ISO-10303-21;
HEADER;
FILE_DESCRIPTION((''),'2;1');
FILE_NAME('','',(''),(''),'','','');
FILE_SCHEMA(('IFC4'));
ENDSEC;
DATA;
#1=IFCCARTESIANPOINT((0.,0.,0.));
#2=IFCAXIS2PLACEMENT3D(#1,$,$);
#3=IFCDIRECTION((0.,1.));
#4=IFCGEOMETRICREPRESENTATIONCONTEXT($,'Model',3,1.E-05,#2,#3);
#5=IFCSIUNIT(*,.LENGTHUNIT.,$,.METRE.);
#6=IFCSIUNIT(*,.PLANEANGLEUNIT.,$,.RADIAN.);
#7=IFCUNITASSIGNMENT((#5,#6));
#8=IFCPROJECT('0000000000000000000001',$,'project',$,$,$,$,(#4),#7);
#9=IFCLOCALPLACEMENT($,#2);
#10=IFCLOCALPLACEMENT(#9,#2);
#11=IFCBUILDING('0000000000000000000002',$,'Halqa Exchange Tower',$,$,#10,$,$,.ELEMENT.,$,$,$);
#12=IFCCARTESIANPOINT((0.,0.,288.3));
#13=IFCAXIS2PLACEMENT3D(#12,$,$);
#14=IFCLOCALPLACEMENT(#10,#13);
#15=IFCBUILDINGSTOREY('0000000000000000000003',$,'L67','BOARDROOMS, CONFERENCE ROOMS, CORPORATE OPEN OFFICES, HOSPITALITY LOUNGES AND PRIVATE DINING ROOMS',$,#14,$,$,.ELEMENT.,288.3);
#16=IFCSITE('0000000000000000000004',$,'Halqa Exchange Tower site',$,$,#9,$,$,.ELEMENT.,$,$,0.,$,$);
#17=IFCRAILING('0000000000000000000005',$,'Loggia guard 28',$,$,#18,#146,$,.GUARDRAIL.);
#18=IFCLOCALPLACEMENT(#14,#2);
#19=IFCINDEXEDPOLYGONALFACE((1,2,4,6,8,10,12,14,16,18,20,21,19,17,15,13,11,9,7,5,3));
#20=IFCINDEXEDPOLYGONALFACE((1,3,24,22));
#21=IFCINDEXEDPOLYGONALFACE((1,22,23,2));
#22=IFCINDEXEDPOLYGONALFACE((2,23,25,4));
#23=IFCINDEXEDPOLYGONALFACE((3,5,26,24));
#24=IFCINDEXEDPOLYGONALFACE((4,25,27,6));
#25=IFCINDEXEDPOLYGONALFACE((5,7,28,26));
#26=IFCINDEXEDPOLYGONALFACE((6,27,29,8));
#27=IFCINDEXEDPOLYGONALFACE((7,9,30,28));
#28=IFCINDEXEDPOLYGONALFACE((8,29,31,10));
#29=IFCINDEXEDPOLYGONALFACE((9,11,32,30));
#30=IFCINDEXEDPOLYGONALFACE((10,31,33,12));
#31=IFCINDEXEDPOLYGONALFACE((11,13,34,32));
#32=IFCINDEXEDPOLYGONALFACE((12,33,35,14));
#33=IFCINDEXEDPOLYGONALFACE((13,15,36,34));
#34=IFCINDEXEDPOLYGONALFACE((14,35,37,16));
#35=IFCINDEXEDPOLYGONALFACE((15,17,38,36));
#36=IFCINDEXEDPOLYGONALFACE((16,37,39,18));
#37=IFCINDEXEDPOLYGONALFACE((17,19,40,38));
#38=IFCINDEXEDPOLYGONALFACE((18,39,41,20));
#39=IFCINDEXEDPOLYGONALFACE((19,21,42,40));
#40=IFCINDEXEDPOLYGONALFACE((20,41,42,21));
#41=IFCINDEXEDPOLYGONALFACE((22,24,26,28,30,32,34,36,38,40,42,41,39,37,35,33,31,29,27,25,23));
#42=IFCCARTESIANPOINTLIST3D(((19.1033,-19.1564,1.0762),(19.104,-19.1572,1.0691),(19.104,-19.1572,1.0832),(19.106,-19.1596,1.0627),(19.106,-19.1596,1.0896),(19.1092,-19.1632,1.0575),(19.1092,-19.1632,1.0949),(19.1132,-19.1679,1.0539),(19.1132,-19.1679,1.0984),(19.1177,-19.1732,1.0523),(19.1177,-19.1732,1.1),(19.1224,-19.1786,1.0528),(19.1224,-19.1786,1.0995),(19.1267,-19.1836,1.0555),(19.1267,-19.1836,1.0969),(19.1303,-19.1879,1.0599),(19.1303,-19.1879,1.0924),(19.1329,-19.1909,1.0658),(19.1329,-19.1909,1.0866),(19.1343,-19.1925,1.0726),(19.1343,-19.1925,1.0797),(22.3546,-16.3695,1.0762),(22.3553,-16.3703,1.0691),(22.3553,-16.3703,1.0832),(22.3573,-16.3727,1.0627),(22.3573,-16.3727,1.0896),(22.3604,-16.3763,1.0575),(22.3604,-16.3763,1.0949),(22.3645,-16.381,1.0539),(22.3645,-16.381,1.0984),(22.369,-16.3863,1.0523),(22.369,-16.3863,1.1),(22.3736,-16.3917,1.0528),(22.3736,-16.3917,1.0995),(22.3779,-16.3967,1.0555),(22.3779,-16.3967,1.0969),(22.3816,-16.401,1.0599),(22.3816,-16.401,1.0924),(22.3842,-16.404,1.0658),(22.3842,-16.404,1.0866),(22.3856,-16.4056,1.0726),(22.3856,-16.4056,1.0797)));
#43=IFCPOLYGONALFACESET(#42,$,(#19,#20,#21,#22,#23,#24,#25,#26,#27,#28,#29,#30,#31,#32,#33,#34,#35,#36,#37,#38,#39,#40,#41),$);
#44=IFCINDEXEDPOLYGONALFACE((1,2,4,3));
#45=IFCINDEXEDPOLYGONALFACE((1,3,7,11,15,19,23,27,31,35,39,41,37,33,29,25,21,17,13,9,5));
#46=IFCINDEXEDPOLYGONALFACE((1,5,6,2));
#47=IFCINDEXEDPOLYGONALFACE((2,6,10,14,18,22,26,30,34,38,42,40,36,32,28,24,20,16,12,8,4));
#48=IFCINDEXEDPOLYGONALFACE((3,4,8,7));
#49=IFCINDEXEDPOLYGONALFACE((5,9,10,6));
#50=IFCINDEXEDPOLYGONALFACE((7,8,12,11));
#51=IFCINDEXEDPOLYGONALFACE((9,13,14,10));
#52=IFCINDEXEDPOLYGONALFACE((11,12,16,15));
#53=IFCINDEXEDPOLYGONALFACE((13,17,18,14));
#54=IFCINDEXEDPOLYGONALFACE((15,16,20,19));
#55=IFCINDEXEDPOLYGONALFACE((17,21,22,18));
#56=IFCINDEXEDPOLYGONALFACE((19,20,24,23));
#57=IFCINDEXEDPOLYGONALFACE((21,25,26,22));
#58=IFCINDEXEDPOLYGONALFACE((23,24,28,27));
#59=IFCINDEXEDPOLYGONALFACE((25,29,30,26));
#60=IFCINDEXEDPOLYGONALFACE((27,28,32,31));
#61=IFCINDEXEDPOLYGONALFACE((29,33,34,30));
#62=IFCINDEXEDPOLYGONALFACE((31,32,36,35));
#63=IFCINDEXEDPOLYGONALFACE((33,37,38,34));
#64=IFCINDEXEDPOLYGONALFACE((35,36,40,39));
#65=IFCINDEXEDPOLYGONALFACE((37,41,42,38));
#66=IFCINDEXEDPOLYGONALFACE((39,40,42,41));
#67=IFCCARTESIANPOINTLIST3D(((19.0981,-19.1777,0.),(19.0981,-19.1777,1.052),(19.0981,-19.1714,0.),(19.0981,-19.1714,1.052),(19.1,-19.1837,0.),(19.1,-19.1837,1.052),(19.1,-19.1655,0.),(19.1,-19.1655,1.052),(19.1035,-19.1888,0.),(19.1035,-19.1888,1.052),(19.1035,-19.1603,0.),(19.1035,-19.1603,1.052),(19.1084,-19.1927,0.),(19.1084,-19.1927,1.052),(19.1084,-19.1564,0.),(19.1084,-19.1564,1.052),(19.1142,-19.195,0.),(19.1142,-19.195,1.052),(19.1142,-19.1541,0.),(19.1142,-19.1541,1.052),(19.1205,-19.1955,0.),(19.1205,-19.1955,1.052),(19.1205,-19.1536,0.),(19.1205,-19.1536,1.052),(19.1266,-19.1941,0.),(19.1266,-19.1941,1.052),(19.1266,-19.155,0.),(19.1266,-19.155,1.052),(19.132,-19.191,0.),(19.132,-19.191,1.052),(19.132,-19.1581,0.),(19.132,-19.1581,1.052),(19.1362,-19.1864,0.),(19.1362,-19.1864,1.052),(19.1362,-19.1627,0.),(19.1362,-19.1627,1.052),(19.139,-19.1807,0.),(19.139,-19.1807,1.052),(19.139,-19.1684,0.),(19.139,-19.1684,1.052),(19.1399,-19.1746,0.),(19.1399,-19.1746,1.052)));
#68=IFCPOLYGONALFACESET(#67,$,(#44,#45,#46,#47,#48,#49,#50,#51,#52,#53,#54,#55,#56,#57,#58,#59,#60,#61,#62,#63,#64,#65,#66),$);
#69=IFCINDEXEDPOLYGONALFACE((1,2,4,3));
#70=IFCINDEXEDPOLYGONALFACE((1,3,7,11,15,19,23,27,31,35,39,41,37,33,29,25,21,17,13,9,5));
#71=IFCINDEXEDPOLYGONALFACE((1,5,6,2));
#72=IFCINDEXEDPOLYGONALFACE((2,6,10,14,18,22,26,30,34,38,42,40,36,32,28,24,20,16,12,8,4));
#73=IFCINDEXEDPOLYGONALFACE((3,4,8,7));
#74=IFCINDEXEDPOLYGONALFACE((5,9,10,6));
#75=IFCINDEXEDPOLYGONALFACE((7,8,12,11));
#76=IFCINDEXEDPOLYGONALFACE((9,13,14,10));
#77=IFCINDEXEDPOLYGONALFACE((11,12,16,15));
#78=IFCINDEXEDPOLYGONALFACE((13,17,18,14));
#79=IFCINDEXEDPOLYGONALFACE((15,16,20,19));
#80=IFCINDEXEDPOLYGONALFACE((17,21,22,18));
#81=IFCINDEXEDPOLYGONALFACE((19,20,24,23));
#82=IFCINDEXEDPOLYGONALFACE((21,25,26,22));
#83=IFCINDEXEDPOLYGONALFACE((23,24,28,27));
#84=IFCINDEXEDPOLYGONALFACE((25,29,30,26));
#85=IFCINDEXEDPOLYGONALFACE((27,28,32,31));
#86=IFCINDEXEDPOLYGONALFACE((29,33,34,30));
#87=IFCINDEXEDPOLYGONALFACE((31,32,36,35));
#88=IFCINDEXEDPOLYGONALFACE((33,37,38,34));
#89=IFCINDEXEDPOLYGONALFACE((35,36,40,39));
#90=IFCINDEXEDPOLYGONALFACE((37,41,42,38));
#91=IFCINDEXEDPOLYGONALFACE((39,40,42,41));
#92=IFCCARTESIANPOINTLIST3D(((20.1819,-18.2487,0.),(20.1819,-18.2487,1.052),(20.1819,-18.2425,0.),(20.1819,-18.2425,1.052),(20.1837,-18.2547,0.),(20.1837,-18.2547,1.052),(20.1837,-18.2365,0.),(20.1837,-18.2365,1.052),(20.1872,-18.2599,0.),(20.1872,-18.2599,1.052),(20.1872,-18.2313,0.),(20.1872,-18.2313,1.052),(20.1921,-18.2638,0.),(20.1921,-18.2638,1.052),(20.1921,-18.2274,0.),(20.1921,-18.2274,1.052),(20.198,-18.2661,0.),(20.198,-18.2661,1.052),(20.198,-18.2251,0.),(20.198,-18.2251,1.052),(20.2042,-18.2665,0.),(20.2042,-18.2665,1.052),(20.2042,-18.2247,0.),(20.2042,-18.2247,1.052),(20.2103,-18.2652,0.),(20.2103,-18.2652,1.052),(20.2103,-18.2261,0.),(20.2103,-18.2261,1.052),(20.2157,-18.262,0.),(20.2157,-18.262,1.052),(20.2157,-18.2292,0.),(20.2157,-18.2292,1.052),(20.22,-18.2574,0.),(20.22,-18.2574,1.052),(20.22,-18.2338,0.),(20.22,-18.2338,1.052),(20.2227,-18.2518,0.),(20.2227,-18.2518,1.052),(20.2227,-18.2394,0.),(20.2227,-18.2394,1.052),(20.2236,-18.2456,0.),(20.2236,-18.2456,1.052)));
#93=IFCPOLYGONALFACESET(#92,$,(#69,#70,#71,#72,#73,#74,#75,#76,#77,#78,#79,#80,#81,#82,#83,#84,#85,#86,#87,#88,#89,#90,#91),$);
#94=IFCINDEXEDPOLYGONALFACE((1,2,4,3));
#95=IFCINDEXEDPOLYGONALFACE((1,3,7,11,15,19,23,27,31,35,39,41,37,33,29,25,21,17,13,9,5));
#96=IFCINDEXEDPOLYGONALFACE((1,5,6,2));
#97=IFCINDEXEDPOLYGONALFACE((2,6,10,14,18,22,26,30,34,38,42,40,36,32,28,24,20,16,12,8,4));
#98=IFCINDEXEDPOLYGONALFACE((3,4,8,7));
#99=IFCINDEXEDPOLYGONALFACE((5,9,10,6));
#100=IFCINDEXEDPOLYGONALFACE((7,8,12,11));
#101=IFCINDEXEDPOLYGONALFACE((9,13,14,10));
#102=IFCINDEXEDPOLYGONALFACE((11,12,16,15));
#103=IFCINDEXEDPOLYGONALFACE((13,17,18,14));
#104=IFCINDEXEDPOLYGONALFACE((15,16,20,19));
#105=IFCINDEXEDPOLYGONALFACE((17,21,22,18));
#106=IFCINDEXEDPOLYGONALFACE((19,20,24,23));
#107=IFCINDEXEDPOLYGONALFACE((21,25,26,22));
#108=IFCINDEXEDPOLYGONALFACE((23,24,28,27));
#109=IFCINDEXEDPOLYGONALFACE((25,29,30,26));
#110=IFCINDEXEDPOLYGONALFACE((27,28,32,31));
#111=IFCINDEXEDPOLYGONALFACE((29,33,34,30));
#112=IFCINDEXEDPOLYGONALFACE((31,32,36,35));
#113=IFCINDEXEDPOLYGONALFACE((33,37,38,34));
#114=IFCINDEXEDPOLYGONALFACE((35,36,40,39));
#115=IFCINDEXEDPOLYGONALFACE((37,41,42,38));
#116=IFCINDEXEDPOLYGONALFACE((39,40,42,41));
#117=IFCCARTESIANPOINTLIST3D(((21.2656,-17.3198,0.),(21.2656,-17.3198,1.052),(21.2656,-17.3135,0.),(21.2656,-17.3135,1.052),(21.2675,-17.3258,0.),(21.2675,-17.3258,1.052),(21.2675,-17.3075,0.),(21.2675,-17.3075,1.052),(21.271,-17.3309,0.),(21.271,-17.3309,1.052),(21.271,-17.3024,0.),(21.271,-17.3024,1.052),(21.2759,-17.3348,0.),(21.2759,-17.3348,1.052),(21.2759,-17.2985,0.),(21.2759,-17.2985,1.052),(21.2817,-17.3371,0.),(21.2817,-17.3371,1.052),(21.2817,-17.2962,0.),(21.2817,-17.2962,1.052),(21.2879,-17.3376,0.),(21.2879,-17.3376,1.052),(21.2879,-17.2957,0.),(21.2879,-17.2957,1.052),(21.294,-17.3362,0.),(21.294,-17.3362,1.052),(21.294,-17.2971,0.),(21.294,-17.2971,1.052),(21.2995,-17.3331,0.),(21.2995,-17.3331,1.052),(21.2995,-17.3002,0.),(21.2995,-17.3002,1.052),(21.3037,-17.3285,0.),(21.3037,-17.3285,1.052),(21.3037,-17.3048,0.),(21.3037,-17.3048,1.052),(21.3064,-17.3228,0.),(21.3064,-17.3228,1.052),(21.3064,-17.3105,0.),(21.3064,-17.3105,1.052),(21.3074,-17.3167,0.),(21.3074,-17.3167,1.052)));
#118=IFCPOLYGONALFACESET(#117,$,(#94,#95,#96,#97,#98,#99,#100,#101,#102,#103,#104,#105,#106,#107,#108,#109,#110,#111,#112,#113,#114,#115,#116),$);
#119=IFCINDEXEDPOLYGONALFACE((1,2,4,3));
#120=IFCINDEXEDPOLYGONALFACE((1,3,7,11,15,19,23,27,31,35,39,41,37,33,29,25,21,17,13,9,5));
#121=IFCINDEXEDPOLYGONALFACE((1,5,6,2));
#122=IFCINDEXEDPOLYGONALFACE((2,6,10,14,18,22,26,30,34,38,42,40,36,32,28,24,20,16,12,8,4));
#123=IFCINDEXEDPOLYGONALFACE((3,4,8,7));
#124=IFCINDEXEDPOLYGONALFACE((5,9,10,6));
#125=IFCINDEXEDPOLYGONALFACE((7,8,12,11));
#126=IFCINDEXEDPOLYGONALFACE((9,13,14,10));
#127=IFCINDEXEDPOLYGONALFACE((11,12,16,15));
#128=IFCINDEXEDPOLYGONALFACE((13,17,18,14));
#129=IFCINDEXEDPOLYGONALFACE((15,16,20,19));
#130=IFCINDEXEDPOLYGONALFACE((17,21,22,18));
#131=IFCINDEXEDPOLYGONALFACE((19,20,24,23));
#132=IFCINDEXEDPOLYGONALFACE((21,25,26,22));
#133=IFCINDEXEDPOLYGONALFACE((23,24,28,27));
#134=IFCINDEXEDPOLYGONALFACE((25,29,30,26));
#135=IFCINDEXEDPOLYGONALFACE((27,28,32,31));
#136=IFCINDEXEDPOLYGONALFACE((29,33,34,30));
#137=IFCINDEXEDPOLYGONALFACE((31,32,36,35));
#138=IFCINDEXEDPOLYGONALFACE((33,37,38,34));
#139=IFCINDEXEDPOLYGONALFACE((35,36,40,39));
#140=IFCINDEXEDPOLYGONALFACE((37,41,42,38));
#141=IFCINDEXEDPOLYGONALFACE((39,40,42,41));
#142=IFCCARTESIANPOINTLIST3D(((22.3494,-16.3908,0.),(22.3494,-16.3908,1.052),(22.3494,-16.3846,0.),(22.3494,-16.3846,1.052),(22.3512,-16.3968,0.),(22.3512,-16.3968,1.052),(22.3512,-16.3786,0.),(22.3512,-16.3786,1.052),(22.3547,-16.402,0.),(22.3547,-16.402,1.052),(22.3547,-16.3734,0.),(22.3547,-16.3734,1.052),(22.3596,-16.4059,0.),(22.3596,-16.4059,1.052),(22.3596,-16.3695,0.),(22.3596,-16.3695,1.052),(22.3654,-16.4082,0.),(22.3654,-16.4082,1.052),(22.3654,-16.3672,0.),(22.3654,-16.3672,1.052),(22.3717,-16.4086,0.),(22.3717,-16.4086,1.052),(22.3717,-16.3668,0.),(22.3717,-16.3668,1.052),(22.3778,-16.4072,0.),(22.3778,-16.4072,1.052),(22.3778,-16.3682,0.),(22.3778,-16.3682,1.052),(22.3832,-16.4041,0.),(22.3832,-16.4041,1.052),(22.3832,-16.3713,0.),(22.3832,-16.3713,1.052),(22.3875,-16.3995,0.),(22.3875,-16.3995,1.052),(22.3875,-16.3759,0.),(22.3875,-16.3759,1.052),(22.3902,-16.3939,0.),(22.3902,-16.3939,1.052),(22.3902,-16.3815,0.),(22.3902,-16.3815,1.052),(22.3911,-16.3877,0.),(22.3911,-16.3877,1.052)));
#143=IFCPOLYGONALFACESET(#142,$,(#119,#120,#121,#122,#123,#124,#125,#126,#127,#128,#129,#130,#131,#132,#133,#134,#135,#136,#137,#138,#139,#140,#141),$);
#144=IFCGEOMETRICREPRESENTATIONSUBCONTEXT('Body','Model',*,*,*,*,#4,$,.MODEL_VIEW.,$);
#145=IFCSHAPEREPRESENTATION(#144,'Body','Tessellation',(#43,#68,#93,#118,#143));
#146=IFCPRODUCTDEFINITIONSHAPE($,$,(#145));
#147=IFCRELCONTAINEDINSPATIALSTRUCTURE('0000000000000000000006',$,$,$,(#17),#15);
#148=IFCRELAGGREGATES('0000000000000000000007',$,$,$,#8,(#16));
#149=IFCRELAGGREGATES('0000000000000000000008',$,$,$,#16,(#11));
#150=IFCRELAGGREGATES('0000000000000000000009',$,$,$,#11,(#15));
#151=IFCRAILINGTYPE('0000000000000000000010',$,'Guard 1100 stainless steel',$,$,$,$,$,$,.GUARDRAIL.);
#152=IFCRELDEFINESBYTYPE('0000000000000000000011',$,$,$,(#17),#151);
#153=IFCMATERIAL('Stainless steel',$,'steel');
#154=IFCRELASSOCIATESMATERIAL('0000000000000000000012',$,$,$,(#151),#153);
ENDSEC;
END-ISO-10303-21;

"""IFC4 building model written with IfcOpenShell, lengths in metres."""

from ifc_helpers import new_model, si_unit, direction, frame, origin, origin_2d, place, context, subcontext, project, spatial, circle, extrude, material, type_object, element, save


model = new_model("IFC4")

# Units and contexts
model_context = context("Model", 3, precision=1e-05, world=origin(), true_north=direction((0.0, 1.0)))
body_context = subcontext(model_context, "Body", "Model", "MODEL_VIEW")
ifc_project = project(units=[si_unit("LENGTHUNIT", "METRE"), si_unit("PLANEANGLEUNIT", "RADIAN")], contexts=[model_context])

# Site, building, storey
site_placement = place(None, origin())
site = spatial("IfcSite", under=ifc_project, at=site_placement, Name="Halqa Exchange Tower site", CompositionType="ELEMENT", RefElevation=0.0)
building_placement = place(site_placement, origin())
building = spatial("IfcBuilding", under=site, at=building_placement, Name="Halqa Exchange Tower", CompositionType="ELEMENT")
storey_placement = place(building_placement, frame((0.0, 0.0, 288.3)))
storey = spatial("IfcBuildingStorey", under=building, at=storey_placement, Name="L67", Description="BOARDROOMS, CONFERENCE ROOMS, CORPORATE OPEN OFFICES, HOSPITALITY LOUNGES AND PRIVATE DINING ROOMS", CompositionType="ELEMENT", Elevation=288.3)

# Railing
ifc_material_1 = material(Name="Stainless steel", Category="steel")
railing_type = type_object("IfcRailingType", Name="Guard 1100 stainless steel", PredefinedType="GUARDRAIL", material=ifc_material_1)
railing_1_placement = place(storey_placement, frame((19.1189, -19.1746, 0.0)))
element("IfcRailing", 1, at=railing_1_placement, inside=storey, type_object=railing_type, Name="Loggia guard 28", PredefinedType="GUARDRAIL", context=body_context, shape_type="SweptSolid", body=[
    extrude(circle(Radius=0.0239, at=origin_2d()), frame((0.0, 0.0, 1.0762), z_axis=(0.759245, 0.650805, 0.0), x_axis=(-0.650805, 0.759245, 0.0)), (0.0, 0.0, 1.0), 4.2822),
    extrude(circle(Radius=0.021, at=origin_2d()), origin(), (0.0, 0.0, 1.0), 1.052),
    extrude(circle(Radius=0.021, at=origin_2d()), frame((1.0837, 0.929, 0.0)), (0.0, 0.0, 1.0), 1.052),
    extrude(circle(Radius=0.021, at=origin_2d()), frame((2.1675, 1.8579, 0.0)), (0.0, 0.0, 1.0), 1.052),
    extrude(circle(Radius=0.021, at=origin_2d()), frame((3.2512, 2.7869, 0.0)), (0.0, 0.0, 1.0), 1.052),
])

save(model, "model.ifc")
